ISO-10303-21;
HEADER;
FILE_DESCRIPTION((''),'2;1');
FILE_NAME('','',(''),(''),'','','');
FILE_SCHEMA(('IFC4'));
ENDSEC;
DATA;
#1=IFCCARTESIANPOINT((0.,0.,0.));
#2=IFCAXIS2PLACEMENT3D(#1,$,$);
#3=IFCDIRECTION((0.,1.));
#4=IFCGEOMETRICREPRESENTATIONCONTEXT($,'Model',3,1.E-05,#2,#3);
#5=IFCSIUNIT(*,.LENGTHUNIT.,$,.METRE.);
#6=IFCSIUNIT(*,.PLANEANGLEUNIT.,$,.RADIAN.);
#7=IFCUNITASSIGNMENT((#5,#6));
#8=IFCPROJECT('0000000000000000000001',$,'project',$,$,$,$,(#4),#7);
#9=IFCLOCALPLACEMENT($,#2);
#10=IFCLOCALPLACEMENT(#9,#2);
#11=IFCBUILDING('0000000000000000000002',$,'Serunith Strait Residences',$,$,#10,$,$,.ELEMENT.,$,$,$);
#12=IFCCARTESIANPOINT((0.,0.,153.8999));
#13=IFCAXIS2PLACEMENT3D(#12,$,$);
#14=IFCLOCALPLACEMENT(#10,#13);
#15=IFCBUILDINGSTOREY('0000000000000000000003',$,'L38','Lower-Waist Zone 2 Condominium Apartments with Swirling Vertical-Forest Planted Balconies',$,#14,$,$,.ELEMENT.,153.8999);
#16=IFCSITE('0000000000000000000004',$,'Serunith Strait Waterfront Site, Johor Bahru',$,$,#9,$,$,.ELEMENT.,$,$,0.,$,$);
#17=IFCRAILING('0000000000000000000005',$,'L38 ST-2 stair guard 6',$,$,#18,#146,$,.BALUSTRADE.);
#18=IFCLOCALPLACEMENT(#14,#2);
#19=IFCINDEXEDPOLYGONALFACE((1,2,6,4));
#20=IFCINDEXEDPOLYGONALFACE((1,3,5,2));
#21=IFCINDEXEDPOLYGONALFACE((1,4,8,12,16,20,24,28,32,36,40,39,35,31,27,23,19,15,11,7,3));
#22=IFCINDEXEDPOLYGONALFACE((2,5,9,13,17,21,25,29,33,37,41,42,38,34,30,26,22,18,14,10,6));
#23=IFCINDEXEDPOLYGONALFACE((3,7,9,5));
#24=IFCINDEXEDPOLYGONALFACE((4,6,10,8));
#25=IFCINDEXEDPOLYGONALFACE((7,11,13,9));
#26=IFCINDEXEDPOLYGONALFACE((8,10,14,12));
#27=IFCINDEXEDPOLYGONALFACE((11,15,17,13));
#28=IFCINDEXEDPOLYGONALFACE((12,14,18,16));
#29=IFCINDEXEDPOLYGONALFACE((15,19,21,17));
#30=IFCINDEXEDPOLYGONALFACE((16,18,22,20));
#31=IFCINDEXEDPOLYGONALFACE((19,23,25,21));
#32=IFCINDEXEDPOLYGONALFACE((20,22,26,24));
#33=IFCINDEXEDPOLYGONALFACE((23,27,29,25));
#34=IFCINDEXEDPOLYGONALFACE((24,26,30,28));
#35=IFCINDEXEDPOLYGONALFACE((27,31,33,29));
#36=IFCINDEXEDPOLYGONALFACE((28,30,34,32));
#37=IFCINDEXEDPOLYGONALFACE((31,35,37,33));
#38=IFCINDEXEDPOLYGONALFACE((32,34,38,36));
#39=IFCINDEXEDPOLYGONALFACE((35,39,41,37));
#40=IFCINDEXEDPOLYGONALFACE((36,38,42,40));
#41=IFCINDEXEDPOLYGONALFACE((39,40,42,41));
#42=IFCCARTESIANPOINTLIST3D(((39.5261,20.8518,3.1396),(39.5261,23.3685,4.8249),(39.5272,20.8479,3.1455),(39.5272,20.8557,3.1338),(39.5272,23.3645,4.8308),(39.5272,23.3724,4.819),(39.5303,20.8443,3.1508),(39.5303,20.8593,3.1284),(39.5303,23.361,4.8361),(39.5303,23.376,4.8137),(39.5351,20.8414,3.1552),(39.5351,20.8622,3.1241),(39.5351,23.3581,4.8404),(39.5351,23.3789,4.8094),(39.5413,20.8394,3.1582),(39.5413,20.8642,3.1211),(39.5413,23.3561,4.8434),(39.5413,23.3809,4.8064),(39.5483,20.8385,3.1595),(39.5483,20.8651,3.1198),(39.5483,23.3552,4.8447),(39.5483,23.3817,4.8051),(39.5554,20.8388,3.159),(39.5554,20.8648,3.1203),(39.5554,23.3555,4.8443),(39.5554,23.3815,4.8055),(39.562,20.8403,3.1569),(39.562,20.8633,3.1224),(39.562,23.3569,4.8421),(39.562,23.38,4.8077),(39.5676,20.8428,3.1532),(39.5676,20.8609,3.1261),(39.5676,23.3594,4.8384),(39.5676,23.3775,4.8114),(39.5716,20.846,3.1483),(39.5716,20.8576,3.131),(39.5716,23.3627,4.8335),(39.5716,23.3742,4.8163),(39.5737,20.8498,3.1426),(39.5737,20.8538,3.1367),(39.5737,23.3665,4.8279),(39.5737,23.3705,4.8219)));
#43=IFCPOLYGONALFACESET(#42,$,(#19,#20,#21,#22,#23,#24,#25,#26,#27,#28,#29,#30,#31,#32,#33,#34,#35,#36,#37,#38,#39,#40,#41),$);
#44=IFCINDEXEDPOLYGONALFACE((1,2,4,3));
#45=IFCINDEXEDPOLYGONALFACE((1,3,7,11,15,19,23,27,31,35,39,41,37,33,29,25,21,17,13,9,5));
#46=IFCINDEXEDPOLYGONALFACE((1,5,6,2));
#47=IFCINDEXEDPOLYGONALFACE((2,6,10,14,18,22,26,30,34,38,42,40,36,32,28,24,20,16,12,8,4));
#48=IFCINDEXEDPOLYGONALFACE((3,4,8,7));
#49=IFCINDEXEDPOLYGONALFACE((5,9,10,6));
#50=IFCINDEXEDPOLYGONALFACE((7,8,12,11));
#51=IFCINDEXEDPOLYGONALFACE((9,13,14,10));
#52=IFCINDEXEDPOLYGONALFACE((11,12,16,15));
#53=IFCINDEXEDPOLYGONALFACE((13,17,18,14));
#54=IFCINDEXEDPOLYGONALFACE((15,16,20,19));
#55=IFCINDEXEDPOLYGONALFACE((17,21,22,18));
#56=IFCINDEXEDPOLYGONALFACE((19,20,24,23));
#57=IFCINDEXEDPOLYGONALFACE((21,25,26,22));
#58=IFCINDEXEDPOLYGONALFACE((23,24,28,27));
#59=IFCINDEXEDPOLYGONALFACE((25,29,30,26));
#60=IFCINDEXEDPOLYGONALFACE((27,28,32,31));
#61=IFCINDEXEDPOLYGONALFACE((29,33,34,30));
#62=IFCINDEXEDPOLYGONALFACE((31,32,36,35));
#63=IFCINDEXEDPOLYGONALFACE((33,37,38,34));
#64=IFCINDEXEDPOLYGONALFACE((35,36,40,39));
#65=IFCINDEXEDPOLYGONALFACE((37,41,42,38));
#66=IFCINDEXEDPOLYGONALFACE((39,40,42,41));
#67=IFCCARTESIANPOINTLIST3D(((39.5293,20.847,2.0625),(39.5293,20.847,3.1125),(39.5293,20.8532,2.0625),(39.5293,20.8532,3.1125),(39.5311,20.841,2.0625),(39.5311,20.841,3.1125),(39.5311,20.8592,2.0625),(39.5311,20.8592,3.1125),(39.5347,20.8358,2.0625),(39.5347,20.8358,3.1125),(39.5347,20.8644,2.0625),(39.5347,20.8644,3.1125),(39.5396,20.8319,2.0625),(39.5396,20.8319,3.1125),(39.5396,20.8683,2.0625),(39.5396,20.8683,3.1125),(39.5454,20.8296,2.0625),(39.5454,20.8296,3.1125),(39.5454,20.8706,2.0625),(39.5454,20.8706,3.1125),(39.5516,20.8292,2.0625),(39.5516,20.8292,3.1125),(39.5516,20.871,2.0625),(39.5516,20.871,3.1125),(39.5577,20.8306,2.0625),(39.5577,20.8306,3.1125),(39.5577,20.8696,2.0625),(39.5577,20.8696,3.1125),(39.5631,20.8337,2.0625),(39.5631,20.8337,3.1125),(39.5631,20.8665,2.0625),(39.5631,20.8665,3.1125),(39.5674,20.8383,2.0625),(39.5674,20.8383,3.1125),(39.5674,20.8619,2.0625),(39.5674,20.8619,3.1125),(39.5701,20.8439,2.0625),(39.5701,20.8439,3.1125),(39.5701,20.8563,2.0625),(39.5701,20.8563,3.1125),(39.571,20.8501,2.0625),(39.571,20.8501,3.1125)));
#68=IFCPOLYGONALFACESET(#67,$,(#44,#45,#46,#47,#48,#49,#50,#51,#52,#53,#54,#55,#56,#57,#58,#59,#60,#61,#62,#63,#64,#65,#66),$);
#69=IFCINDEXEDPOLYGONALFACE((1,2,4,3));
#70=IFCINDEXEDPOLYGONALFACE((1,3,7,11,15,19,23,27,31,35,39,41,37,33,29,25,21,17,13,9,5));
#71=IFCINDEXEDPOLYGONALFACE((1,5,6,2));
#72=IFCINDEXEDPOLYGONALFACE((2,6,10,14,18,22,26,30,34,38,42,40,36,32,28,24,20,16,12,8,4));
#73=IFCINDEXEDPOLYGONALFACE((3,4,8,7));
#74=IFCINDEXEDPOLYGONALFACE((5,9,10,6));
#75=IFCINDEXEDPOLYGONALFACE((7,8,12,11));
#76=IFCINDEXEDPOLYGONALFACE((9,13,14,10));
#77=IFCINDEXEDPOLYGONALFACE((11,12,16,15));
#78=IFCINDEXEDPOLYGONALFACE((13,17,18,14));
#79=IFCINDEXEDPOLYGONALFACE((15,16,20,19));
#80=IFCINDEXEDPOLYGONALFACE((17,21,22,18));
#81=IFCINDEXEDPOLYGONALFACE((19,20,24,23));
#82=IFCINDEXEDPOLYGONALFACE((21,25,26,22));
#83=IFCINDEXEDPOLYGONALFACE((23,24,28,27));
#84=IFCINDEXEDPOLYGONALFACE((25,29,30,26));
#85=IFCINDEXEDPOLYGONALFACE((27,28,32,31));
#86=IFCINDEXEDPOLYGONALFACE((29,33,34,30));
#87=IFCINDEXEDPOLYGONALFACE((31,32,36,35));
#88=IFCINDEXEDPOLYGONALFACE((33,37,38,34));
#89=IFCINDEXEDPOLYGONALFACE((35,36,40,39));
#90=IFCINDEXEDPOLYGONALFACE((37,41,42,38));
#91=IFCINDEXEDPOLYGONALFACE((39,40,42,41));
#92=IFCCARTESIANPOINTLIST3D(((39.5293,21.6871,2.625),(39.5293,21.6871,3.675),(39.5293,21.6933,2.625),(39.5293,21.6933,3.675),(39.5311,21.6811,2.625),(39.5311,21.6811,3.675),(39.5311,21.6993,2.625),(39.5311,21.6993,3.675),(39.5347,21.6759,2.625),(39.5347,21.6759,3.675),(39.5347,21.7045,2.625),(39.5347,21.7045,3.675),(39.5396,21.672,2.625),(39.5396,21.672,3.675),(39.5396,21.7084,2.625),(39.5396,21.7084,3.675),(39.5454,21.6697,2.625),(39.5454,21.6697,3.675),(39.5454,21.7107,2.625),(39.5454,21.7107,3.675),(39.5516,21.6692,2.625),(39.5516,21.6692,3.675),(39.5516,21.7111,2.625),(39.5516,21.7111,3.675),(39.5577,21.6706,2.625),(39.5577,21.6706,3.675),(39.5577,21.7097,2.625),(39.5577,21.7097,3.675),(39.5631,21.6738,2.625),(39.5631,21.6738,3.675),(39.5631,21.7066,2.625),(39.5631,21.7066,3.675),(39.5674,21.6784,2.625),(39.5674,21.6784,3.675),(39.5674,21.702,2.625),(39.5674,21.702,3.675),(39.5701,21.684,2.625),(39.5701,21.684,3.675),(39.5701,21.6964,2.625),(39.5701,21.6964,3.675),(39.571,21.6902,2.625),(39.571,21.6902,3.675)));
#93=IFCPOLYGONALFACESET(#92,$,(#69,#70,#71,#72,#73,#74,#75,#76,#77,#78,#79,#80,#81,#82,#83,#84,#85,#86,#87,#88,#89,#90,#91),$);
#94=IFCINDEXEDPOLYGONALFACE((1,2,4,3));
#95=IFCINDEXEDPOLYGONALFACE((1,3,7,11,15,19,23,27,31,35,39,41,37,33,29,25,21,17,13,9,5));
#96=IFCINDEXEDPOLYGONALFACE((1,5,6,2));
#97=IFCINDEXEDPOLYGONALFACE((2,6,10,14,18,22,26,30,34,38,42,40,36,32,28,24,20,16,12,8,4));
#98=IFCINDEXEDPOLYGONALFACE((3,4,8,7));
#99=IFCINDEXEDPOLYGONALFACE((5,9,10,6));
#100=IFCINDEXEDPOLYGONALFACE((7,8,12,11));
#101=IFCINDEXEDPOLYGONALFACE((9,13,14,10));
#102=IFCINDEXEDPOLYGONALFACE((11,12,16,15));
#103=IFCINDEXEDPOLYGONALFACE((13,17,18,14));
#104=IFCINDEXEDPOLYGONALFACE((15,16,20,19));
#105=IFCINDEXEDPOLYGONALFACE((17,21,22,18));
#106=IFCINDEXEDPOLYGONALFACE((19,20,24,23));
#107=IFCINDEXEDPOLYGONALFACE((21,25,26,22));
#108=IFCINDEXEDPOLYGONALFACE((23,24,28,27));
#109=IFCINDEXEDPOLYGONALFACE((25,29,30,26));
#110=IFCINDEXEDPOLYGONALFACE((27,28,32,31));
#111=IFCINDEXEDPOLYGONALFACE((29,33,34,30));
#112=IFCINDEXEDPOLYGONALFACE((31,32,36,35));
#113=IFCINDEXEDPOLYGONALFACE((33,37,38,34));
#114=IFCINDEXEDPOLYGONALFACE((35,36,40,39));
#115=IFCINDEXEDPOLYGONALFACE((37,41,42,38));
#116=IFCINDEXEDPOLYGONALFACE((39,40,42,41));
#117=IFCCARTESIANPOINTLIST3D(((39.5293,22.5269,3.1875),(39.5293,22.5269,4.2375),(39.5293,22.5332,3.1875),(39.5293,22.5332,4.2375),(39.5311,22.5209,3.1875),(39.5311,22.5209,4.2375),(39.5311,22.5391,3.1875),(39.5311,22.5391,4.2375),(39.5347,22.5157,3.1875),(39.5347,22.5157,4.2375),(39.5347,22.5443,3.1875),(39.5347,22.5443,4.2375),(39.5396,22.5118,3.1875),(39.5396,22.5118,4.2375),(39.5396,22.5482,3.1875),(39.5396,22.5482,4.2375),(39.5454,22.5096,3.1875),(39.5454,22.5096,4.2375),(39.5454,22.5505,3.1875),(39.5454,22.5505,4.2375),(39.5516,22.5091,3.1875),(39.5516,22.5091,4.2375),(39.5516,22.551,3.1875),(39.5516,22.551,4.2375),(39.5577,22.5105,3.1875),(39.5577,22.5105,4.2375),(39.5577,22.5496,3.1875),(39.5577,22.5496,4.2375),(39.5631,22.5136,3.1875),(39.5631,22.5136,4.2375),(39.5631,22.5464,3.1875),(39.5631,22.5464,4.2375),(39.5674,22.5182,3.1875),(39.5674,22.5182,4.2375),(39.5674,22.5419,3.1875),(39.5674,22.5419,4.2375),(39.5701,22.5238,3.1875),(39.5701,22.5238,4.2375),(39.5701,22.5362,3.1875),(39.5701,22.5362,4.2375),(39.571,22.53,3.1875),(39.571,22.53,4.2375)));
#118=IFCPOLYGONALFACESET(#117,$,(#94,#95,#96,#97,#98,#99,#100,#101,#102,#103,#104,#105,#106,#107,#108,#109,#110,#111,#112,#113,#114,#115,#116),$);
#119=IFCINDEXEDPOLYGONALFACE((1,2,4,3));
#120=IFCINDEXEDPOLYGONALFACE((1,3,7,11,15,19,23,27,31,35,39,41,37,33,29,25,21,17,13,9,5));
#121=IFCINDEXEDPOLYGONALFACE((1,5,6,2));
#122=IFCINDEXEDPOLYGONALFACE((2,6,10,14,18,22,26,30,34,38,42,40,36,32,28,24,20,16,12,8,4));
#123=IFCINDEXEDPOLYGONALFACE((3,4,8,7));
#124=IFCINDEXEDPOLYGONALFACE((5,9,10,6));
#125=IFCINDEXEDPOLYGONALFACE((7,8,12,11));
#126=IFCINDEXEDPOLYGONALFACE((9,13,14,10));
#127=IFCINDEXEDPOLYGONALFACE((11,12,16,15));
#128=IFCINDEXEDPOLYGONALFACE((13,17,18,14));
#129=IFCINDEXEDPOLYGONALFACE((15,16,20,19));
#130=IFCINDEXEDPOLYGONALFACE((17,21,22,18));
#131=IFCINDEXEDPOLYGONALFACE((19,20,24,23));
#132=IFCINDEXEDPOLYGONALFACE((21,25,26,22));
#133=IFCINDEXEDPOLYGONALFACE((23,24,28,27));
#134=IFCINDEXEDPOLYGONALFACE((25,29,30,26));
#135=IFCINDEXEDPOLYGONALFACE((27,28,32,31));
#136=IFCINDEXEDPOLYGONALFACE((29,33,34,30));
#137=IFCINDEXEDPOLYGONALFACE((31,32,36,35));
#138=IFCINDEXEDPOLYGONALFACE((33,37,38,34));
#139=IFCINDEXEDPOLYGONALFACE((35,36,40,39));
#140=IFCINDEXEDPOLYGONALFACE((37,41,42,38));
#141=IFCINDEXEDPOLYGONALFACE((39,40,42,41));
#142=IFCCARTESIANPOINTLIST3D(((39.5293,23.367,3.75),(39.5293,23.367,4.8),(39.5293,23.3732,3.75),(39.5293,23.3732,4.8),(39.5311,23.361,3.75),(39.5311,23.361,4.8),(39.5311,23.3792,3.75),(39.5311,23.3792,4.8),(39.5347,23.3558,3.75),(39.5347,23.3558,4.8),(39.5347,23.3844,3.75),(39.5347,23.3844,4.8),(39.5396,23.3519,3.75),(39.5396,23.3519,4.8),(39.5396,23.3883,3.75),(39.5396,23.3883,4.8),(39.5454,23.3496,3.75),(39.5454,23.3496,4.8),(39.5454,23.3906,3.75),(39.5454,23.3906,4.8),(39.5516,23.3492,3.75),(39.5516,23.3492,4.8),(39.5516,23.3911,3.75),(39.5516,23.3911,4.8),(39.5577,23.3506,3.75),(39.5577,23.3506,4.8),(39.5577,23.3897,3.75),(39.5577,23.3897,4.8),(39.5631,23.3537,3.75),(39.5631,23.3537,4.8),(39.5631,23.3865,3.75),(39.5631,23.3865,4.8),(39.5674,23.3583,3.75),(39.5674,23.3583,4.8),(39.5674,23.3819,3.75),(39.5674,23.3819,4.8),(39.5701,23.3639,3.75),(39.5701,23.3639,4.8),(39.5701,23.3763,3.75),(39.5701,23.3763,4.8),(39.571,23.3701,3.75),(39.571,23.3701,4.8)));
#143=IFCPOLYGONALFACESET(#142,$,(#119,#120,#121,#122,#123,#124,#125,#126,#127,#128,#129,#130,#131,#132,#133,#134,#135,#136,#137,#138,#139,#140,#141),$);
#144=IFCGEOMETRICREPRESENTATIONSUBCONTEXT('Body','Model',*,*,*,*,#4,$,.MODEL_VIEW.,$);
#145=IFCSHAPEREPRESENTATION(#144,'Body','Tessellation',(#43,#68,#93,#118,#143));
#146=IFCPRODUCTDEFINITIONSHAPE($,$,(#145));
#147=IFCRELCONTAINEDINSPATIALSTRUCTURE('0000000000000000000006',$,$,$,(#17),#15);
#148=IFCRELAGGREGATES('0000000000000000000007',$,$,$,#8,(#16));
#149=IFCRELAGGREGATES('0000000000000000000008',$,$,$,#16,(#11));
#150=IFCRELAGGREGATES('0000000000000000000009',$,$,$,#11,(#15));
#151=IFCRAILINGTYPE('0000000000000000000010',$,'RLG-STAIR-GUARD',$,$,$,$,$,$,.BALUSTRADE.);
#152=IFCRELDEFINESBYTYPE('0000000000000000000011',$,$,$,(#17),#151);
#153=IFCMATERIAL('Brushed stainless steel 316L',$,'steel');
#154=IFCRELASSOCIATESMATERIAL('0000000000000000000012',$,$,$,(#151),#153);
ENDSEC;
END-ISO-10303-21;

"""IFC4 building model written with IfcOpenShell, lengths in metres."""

from ifc_helpers import new_model, si_unit, direction, frame, origin, origin_2d, place, context, subcontext, project, spatial, circle, extrude, material, type_object, element, save


model = new_model("IFC4")

# Units and contexts
model_context = context("Model", 3, precision=1e-05, world=origin(), true_north=direction((0.0, 1.0)))
body_context = subcontext(model_context, "Body", "Model", "MODEL_VIEW")
ifc_project = project(units=[si_unit("LENGTHUNIT", "METRE"), si_unit("PLANEANGLEUNIT", "RADIAN")], contexts=[model_context])

# Site, building, storey
site_placement = place(None, origin())
site = spatial("IfcSite", under=ifc_project, at=site_placement, Name="Serunith Strait Waterfront Site, Johor Bahru", CompositionType="ELEMENT", RefElevation=0.0)
building_placement = place(site_placement, origin())
building = spatial("IfcBuilding", under=site, at=building_placement, Name="Serunith Strait Residences", CompositionType="ELEMENT")
storey_placement = place(building_placement, frame((0.0, 0.0, 153.8999)))
storey = spatial("IfcBuildingStorey", under=building, at=storey_placement, Name="L38", Description="Lower-Waist Zone 2 Condominium Apartments with Swirling Vertical-Forest Planted Balconies", CompositionType="ELEMENT", Elevation=153.8999)

# Railing
ifc_material_1 = material(Name="Brushed stainless steel 316L", Category="steel")
railing_type_1 = type_object("IfcRailingType", Name="RLG-STAIR-GUARD", PredefinedType="BALUSTRADE", material=ifc_material_1)
railing_1_placement = place(storey_placement, frame((39.55, 20.8501, 2.0625)))
element("IfcRailing", 1, at=railing_1_placement, inside=storey, type_object=railing_type_1, Name="L38 ST-2 stair guard 6", PredefinedType="BALUSTRADE", context=body_context, shape_type="SweptSolid", body=[
    extrude(circle(Radius=0.0239, at=origin_2d()), frame((0.0, 0.0017, 1.0771), z_axis=(0.0, 0.830909, 0.556408), x_axis=(-1.0, 0.0, 0.0)), (0.0, 0.0, 1.0), 3.0288),
    extrude(circle(Radius=0.021, at=origin_2d()), origin(), (0.0, 0.0, 1.0), 1.05),
    extrude(circle(Radius=0.021, at=origin_2d()), frame((0.0, 0.8401, 0.5625)), (0.0, 0.0, 1.0), 1.05),
    extrude(circle(Radius=0.021, at=origin_2d()), frame((0.0, 1.6799, 1.125)), (0.0, 0.0, 1.0), 1.05),
    extrude(circle(Radius=0.021, at=origin_2d()), frame((0.0, 2.52, 1.6875)), (0.0, 0.0, 1.0), 1.05),
])

save(model, "model.ifc")
